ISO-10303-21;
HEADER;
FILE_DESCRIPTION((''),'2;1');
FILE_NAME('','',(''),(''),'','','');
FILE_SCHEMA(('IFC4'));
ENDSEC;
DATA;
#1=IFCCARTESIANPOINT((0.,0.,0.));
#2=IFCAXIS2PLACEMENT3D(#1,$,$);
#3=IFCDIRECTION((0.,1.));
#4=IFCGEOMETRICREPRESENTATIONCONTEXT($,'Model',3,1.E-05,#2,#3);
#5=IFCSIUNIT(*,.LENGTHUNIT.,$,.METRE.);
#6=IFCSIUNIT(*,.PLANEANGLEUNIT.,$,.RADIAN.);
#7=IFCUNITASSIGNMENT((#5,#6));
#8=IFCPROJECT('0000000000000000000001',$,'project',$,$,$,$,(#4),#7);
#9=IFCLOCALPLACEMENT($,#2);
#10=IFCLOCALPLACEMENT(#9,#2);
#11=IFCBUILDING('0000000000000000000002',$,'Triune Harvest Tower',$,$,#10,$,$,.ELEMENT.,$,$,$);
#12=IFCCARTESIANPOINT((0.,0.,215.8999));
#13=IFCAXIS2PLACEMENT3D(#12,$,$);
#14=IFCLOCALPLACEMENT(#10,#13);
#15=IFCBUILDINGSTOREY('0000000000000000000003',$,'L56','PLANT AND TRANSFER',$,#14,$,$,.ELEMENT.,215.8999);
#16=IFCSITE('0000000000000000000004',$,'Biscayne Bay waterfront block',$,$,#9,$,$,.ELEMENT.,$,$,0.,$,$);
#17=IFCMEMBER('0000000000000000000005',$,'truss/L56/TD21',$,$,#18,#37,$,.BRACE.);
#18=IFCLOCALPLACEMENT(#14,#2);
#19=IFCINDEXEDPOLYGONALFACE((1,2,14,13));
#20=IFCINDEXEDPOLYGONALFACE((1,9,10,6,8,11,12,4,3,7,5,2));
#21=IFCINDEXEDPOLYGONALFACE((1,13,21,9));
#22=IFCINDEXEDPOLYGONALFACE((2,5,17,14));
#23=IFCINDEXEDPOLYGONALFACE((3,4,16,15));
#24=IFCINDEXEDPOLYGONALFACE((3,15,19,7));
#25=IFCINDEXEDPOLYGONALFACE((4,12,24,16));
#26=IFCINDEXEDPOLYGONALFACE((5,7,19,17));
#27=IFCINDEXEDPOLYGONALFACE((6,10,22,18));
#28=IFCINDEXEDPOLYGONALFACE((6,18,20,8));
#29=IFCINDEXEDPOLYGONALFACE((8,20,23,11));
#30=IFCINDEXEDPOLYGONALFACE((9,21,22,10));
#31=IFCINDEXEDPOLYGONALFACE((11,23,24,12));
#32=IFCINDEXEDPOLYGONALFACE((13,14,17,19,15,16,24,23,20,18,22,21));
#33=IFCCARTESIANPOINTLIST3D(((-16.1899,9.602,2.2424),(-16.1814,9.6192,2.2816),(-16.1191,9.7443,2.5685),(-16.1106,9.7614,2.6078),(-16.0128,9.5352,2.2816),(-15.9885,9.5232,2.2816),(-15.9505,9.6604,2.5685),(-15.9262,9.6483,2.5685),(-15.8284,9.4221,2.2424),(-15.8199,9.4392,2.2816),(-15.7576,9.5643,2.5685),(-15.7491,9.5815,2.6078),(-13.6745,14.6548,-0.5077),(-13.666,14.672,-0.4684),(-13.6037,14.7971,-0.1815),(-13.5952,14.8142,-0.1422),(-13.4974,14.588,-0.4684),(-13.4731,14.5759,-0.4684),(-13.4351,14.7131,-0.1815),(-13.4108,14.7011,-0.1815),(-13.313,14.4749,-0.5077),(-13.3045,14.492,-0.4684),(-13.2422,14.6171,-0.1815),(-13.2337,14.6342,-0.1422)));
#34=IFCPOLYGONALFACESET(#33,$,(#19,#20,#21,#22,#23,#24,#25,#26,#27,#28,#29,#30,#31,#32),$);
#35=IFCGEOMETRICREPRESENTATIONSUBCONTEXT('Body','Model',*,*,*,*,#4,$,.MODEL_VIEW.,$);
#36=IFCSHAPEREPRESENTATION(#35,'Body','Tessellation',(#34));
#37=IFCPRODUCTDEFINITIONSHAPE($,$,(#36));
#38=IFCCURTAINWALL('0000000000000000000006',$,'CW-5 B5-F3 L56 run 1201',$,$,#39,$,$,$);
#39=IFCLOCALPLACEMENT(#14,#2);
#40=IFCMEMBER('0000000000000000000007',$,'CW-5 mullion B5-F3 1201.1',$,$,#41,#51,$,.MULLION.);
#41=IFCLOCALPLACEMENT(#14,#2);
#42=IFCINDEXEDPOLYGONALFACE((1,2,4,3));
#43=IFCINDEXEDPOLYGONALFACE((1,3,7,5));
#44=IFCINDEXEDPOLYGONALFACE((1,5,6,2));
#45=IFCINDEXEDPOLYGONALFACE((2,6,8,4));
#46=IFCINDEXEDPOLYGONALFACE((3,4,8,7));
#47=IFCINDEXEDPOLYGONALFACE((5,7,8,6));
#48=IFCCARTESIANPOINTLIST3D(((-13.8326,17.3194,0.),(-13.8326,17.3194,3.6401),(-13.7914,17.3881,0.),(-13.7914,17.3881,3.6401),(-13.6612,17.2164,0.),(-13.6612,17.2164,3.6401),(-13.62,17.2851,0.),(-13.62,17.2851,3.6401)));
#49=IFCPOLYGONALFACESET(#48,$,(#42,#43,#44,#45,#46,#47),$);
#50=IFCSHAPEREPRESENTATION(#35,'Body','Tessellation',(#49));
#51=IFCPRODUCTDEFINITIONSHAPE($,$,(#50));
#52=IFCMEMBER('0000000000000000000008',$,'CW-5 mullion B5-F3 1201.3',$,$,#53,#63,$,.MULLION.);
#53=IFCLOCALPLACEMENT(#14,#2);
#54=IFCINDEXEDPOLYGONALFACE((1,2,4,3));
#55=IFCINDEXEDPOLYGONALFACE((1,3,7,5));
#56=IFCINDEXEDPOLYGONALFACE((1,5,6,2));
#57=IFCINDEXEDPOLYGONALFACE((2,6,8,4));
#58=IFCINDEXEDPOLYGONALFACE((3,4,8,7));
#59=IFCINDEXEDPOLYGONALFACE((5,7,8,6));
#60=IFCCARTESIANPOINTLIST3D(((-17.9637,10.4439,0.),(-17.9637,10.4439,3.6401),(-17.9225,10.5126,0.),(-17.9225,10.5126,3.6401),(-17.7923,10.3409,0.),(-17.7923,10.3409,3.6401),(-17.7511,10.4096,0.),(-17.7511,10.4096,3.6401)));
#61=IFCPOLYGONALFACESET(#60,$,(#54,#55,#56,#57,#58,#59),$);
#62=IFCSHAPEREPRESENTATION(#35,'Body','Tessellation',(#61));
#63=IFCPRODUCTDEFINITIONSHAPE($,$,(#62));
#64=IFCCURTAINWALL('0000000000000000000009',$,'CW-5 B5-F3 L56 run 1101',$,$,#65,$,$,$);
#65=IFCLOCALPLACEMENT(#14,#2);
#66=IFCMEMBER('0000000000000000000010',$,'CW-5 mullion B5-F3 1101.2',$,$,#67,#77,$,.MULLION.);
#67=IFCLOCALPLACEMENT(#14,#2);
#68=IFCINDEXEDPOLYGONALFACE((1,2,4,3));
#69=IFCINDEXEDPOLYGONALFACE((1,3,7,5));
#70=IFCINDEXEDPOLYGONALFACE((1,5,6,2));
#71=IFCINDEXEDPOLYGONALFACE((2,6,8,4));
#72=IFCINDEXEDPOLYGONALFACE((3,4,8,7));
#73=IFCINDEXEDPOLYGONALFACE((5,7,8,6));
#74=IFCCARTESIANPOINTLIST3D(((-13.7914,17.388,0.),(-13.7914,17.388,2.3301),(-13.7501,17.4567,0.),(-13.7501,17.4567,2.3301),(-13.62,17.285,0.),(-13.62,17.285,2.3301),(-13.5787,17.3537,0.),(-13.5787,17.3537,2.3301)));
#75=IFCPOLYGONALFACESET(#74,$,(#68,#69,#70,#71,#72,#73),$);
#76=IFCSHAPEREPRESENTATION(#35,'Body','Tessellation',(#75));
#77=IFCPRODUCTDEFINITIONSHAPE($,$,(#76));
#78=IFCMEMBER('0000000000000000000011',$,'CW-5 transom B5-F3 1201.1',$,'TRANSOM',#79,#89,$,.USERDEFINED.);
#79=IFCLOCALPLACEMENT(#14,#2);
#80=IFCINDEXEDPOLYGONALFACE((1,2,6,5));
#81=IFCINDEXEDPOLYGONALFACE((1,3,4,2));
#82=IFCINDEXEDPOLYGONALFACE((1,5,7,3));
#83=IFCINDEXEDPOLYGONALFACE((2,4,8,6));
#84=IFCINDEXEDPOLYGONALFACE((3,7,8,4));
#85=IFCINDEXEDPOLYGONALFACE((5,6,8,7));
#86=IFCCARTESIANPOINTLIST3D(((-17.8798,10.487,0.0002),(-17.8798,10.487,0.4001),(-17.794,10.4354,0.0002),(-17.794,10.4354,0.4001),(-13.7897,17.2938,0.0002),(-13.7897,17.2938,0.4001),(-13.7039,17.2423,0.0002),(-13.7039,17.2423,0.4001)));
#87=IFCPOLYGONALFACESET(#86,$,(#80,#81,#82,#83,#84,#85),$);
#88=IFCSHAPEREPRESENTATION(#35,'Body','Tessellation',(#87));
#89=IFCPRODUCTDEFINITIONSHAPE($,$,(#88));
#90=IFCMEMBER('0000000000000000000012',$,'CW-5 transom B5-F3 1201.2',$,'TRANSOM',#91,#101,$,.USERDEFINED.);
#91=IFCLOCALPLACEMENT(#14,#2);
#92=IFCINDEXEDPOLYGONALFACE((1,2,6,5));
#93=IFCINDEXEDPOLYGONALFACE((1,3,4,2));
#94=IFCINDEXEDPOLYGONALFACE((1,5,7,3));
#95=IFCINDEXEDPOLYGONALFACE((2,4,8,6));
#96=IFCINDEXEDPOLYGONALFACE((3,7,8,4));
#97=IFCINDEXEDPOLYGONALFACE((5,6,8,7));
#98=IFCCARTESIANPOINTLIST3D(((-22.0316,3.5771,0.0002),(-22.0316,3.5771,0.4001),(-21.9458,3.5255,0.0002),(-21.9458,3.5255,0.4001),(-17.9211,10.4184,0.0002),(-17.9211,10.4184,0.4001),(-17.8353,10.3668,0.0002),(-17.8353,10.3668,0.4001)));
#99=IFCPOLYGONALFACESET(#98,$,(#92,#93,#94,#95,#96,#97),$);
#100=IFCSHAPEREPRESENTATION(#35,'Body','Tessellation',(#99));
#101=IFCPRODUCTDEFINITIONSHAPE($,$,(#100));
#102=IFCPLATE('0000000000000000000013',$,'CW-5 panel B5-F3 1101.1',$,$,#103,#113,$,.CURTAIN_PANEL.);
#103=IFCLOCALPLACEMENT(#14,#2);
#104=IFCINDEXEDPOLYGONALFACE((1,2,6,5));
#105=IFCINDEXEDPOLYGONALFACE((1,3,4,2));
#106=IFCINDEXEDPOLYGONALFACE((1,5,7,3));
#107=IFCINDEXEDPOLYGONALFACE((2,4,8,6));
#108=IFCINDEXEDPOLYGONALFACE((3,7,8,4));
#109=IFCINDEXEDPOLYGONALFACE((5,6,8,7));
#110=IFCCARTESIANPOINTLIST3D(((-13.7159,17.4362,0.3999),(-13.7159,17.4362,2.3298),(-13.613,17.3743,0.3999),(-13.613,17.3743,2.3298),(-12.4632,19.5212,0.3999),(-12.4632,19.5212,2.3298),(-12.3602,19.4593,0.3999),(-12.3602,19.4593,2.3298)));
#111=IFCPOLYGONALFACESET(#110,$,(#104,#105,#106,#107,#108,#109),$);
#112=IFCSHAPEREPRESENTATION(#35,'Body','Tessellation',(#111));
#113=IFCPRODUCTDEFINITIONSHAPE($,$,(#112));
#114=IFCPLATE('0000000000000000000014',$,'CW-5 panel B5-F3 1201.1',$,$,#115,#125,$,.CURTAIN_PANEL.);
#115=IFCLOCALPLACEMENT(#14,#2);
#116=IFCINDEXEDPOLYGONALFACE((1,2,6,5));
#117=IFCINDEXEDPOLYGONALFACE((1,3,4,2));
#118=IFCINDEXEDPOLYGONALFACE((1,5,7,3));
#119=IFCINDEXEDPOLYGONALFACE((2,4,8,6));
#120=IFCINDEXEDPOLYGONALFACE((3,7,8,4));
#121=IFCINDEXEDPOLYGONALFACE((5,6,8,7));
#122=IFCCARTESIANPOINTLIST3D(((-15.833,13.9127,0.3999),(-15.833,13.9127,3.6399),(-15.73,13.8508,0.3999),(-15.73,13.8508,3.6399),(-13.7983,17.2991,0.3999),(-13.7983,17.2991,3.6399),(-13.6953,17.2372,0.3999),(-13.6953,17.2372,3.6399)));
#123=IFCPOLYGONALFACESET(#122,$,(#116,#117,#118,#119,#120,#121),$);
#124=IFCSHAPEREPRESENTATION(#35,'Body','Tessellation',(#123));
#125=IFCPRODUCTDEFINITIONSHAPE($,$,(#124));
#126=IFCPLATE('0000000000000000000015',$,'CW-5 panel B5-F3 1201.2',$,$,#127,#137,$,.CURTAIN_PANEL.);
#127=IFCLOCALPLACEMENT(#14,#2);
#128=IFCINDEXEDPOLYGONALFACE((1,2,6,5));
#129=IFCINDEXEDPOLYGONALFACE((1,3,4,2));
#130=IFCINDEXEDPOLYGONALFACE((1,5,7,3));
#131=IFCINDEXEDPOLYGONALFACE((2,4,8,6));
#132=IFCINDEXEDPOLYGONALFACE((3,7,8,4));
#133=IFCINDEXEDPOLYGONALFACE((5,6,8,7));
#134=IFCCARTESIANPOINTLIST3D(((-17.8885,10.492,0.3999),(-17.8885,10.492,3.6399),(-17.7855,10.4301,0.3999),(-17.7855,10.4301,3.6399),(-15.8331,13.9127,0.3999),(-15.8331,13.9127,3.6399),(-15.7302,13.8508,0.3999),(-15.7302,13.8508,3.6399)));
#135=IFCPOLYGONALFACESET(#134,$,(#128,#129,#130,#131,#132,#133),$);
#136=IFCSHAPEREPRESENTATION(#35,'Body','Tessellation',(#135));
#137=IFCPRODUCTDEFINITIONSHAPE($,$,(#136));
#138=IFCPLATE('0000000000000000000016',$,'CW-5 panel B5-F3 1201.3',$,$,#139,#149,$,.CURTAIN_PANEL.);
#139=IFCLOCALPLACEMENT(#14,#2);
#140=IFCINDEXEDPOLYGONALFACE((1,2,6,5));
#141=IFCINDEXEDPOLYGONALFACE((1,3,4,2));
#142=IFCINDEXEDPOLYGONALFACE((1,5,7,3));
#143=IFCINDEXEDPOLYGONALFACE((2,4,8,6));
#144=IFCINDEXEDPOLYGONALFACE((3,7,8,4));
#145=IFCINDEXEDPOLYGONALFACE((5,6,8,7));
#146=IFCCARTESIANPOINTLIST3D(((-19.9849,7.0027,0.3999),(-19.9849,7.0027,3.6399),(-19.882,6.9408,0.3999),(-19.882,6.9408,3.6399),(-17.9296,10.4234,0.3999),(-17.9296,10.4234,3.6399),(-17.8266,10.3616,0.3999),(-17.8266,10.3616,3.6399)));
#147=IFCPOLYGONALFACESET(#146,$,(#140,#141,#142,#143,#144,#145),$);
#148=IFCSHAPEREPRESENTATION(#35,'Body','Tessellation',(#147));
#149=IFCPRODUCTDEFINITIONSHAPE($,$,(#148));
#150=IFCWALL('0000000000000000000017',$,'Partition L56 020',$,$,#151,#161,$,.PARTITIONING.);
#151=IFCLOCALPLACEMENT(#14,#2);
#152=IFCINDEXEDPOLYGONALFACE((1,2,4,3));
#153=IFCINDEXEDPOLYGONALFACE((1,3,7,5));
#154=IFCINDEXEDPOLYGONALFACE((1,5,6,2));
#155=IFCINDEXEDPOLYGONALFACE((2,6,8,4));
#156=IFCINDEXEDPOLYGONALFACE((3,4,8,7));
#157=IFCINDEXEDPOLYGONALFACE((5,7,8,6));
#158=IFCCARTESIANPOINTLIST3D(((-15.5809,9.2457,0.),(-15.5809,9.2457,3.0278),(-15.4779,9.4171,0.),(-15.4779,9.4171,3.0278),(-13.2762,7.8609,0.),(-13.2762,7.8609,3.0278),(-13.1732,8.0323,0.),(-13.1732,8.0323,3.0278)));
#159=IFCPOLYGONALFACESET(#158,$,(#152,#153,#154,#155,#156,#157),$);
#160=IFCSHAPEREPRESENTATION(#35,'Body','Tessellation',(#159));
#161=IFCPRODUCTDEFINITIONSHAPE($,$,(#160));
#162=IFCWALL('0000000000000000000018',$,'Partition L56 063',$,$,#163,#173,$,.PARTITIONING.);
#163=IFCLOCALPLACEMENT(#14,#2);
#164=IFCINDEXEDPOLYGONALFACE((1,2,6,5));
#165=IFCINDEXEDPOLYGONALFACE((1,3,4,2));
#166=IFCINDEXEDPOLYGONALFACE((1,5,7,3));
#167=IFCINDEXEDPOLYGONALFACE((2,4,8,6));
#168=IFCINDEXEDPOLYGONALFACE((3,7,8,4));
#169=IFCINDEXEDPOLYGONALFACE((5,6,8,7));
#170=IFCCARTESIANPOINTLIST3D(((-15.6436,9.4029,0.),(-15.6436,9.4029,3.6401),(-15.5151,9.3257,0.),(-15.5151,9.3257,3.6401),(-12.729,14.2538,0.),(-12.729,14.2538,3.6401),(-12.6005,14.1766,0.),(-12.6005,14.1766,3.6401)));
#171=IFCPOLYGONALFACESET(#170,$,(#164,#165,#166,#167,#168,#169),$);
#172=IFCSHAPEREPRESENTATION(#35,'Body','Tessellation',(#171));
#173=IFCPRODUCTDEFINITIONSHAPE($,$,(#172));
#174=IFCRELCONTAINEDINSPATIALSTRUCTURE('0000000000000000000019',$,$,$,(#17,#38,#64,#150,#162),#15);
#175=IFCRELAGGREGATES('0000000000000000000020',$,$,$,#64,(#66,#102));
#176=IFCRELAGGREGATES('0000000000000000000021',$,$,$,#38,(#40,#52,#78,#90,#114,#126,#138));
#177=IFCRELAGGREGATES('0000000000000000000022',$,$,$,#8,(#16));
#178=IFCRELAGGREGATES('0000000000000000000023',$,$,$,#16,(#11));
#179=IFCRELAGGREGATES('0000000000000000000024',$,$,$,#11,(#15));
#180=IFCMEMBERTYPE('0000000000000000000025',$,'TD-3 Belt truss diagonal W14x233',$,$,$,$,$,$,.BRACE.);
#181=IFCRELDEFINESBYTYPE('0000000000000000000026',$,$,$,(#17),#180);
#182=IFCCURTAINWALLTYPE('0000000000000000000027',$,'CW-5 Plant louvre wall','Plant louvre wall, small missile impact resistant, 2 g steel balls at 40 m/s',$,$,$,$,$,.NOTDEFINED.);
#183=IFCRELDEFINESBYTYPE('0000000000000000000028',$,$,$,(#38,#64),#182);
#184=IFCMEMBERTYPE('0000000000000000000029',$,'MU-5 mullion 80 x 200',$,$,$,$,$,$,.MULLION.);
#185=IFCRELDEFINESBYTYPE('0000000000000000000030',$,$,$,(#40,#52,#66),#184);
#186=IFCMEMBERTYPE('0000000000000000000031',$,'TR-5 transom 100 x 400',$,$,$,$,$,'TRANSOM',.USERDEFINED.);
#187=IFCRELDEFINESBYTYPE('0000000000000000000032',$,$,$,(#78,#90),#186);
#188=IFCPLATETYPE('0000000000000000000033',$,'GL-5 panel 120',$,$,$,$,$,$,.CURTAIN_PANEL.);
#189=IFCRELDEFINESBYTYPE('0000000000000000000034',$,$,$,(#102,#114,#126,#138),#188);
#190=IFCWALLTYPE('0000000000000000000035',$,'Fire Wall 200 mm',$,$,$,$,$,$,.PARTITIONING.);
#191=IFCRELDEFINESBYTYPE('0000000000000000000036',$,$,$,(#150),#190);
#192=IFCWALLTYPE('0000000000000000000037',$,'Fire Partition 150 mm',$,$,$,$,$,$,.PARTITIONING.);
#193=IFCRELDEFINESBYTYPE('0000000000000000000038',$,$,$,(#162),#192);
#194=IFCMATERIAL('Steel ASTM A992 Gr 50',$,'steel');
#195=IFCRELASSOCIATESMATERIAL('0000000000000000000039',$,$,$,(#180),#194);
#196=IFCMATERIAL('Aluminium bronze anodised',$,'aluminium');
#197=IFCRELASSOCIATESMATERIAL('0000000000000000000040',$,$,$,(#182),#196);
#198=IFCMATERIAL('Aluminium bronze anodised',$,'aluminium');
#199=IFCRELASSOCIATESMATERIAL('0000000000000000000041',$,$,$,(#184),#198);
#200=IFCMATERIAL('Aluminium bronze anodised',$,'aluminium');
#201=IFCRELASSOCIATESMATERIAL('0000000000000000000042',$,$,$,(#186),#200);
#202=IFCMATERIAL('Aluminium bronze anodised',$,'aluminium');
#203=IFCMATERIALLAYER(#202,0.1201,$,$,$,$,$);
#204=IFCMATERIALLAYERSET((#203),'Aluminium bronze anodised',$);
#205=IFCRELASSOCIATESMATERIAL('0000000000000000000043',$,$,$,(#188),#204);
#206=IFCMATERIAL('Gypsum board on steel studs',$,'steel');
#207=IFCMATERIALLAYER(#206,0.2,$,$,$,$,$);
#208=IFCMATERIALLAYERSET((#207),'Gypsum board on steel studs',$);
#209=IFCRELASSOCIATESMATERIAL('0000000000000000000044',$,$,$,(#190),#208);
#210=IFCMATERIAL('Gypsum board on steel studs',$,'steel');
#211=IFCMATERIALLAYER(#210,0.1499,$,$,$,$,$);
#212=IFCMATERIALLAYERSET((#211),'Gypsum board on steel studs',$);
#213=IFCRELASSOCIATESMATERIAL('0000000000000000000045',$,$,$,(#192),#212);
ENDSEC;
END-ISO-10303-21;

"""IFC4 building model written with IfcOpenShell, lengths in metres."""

from ifc_helpers import new_model, si_unit, direction, frame, frame_2d, origin, origin_2d, place, context, subcontext, project, spatial, rectangle, i_section, extrude, source, transform, mapped, material, layer, layer_set, material_profile, profile_set, type_object, element, aggregate, save


model = new_model("IFC4")

# Units and contexts
model_context = context("Model", 3, precision=1e-05, world=origin(), true_north=direction((0.0, 1.0)))
body_context = subcontext(model_context, "Body", "Model", "MODEL_VIEW")
ifc_project = project(units=[si_unit("LENGTHUNIT", "METRE"), si_unit("PLANEANGLEUNIT", "RADIAN")], contexts=[model_context])

# Site, building, storey
site_placement = place(None, origin())
site = spatial("IfcSite", under=ifc_project, at=site_placement, Name="Biscayne Bay waterfront block", CompositionType="ELEMENT", RefElevation=0.0)
building_placement = place(site_placement, origin())
building = spatial("IfcBuilding", under=site, at=building_placement, Name="Triune Harvest Tower", CompositionType="ELEMENT")
storey_placement = place(building_placement, frame((0.0, 0.0, 215.8999)))
storey = spatial("IfcBuildingStorey", under=building, at=storey_placement, Name="L56", Description="PLANT AND TRANSFER", CompositionType="ELEMENT", Elevation=215.8999)

# Member
ifc_material_1 = material(Name="Steel ASTM A992 Gr 50", Category="steel")
ifc_material_profile_1 = material_profile(ifc_material_1, i_section(OverallWidth=0.4038, OverallDepth=0.4065, WebThickness=0.0271, FlangeThickness=0.0437, at=origin_2d()), Name="W14x233")
ifc_profile_set_1 = profile_set([ifc_material_profile_1], Name="Steel ASTM A992 Gr 50")
member_type_1 = type_object("IfcMemberType", Name="TD-3 Belt truss diagonal W14x233", PredefinedType="BRACE", material=ifc_profile_set_1)
shared_shape_1 = source(origin(), body_context, "Body", "SweptSolid", [
    extrude(i_section(OverallWidth=0.4038, OverallDepth=0.4065, WebThickness=0.0271, FlangeThickness=0.0437, at=origin_2d()), origin(), (0.0, 0.0, 1.0), 6.2786),
])
member_1_placement = place(storey_placement, frame((-13.4541, 14.6445, -0.325), z_axis=(-0.400633, -0.804766, 0.438002), x_axis=(0.895204, -0.445656, 0.0)))
element("IfcMember", 1, at=member_1_placement, inside=storey, type_object=member_type_1, Name="truss/L56/TD21", PredefinedType="BRACE", context=body_context, shape_type="MappedRepresentation", body=[
    mapped(shared_shape_1, transform((0.0, 0.0, 0.0), scale=1.0)),
])

# Curtain wall, members
ifc_material_2 = material(Name="Aluminium bronze anodised", Category="aluminium")
curtain_wall_type = type_object("IfcCurtainWallType", Name="CW-5 Plant louvre wall", Description="Plant louvre wall, small missile impact resistant, 2 g steel balls at 40 m/s", PredefinedType="NOTDEFINED", material=ifc_material_2)
curtain_wall_1_placement = place(storey_placement, origin())
curtain_wall_1 = element("IfcCurtainWall", 2, at=curtain_wall_1_placement, inside=storey, type_object=curtain_wall_type, Name="CW-5 B5-F3 L56 run 1201")
ifc_material_3 = material(Name="Aluminium bronze anodised", Category="aluminium")
ifc_material_profile_2 = material_profile(ifc_material_3, rectangle(XDim=0.2, YDim=0.0801, at=origin_2d()), Name="MU-5 mullion 80 x 200")
ifc_profile_set_2 = profile_set([ifc_material_profile_2], Name="Aluminium bronze anodised")
member_type_2 = type_object("IfcMemberType", Name="MU-5 mullion 80 x 200", PredefinedType="MULLION", material=ifc_profile_set_2)
shared_shape_2 = source(origin(), body_context, "Body", "SweptSolid", [
    extrude(rectangle(XDim=0.2, YDim=0.0801, at=origin_2d()), origin(), (0.0, 0.0, 1.0), 3.6401),
])
member_2_placement = place(storey_placement, frame((-13.7263, 17.3022, 0.0), z_axis=(0.0, 0.0, 1.0), x_axis=(0.85717, -0.515034, 0.0)))
member_2 = element("IfcMember", 3, at=member_2_placement, type_object=member_type_2, Name="CW-5 mullion B5-F3 1201.1", PredefinedType="MULLION", context=body_context, shape_type="MappedRepresentation", body=[
    mapped(shared_shape_2, transform((0.0, 0.0, 0.0), scale=1.0)),
])
member_3_placement = place(storey_placement, frame((-17.8574, 10.4268, 0.0), z_axis=(0.0, 0.0, 1.0), x_axis=(0.85717, -0.515034, 0.0)))
member_3 = element("IfcMember", 4, at=member_3_placement, type_object=member_type_2, Name="CW-5 mullion B5-F3 1201.3", PredefinedType="MULLION", context=body_context, shape_type="MappedRepresentation", body=[
    mapped(shared_shape_2, transform((0.0, 0.0, 0.0), scale=1.0)),
])

# Curtain wall, member
curtain_wall_2_placement = place(storey_placement, origin())
curtain_wall_2 = element("IfcCurtainWall", 5, at=curtain_wall_2_placement, inside=storey, type_object=curtain_wall_type, Name="CW-5 B5-F3 L56 run 1101")
shared_shape_3 = source(origin(), body_context, "Body", "SweptSolid", [
    extrude(rectangle(XDim=0.2, YDim=0.0801, at=origin_2d()), origin(), (0.0, 0.0, 1.0), 2.3301),
])
member_4_placement = place(storey_placement, frame((-13.6851, 17.3708, 0.0), z_axis=(0.0, 0.0, 1.0), x_axis=(0.857173, -0.515029, 0.0)))
member_4 = element("IfcMember", 6, at=member_4_placement, type_object=member_type_2, Name="CW-5 mullion B5-F3 1101.2", PredefinedType="MULLION", context=body_context, shape_type="MappedRepresentation", body=[
    mapped(shared_shape_3, transform((0.0, 0.0, 0.0), scale=1.0)),
])

# Members
ifc_material_4 = material(Name="Aluminium bronze anodised", Category="aluminium")
ifc_material_profile_3 = material_profile(ifc_material_4, rectangle(XDim=0.1001, YDim=0.3999, at=origin_2d()), Name="TR-5 transom 100 x 400")
ifc_profile_set_3 = profile_set([ifc_material_profile_3], Name="Aluminium bronze anodised")
member_type_3 = type_object("IfcMemberType", Name="TR-5 transom 100 x 400", ElementType="TRANSOM", PredefinedType="USERDEFINED", material=ifc_profile_set_3)
shared_shape_4 = source(origin(), body_context, "Body", "SweptSolid", [
    extrude(rectangle(XDim=0.1001, YDim=0.3999, at=origin_2d()), origin(), (0.0, 0.0, 1.0), 7.9412),
])
member_5_placement = place(storey_placement, frame((-13.7468, 17.2681, 0.2002), z_axis=(-0.515047, -0.857162, 0.0), x_axis=(0.857162, -0.515047, 0.0)))
member_5 = element("IfcMember", 7, at=member_5_placement, type_object=member_type_3, Name="CW-5 transom B5-F3 1201.1", ObjectType="TRANSOM", PredefinedType="USERDEFINED", context=body_context, shape_type="MappedRepresentation", body=[
    mapped(shared_shape_4, transform((0.0, 0.0, 0.0), scale=1.0)),
])
shared_shape_5 = source(origin(), body_context, "Body", "SweptSolid", [
    extrude(rectangle(XDim=0.1001, YDim=0.3999, at=origin_2d()), origin(), (0.0, 0.0, 1.0), 7.9812),
])
member_6_placement = place(storey_placement, frame((-17.8782, 10.3926, 0.2002), z_axis=(-0.515031, -0.857172, 0.0), x_axis=(0.857172, -0.515031, 0.0)))
member_6 = element("IfcMember", 8, at=member_6_placement, type_object=member_type_3, Name="CW-5 transom B5-F3 1201.2", ObjectType="TRANSOM", PredefinedType="USERDEFINED", context=body_context, shape_type="MappedRepresentation", body=[
    mapped(shared_shape_5, transform((0.0, 0.0, 0.0), scale=1.0)),
])

# Plates
ifc_material_5 = material(Name="Aluminium bronze anodised", Category="aluminium")
ifc_layer_1 = layer(ifc_material_5, 0.1201)
ifc_layer_set_1 = layer_set([ifc_layer_1], Name="Aluminium bronze anodised")
plate_type = type_object("IfcPlateType", Name="GL-5 panel 120", PredefinedType="CURTAIN_PANEL", material=ifc_layer_set_1)
plate_1_placement = place(storey_placement, frame((-13.0381, 18.4478, 0.3999), z_axis=(0.0, 0.0, 1.0), x_axis=(-0.515029, -0.857173, 0.0)))
plate_1 = element("IfcPlate", 9, at=plate_1_placement, type_object=plate_type, Name="CW-5 panel B5-F3 1101.1", PredefinedType="CURTAIN_PANEL", context=body_context, shape_type="SweptSolid", body=[
    extrude(rectangle(XDim=2.4324, YDim=0.1201, at=origin_2d()), origin(), (0.0, 0.0, 1.0), 1.9299),
])
aggregate(curtain_wall_2, [member_4, plate_1])
shared_shape_6 = source(origin(), body_context, "Body", "SweptSolid", [
    extrude(rectangle(XDim=3.9507, YDim=0.1201, at=origin_2d()), origin(), (0.0, 0.0, 1.0), 3.24),
])
plate_2_placement = place(storey_placement, frame((-14.7642, 15.575, 0.3999), z_axis=(0.0, 0.0, 1.0), x_axis=(-0.515034, -0.85717, 0.0)))
plate_2 = element("IfcPlate", 10, at=plate_2_placement, type_object=plate_type, Name="CW-5 panel B5-F3 1201.1", PredefinedType="CURTAIN_PANEL", context=body_context, shape_type="MappedRepresentation", body=[
    mapped(shared_shape_6, transform((0.0, 0.0, 0.0), scale=1.0)),
])
shared_shape_7 = source(origin(), body_context, "Body", "SweptSolid", [
    extrude(rectangle(XDim=3.9907, YDim=0.1201, at=origin_2d()), origin(), (0.0, 0.0, 1.0), 3.24),
])
plate_3_placement = place(storey_placement, frame((-16.8093, 12.1714, 0.3999), z_axis=(0.0, 0.0, 1.0), x_axis=(-0.515034, -0.85717, 0.0)))
plate_3 = element("IfcPlate", 11, at=plate_3_placement, type_object=plate_type, Name="CW-5 panel B5-F3 1201.2", PredefinedType="CURTAIN_PANEL", context=body_context, shape_type="MappedRepresentation", body=[
    mapped(shared_shape_7, transform((0.0, 0.0, 0.0), scale=1.0)),
])
plate_4_placement = place(storey_placement, frame((-18.9058, 8.6821, 0.3999), z_axis=(0.0, 0.0, 1.0), x_axis=(-0.515034, -0.85717, 0.0)))
plate_4 = element("IfcPlate", 12, at=plate_4_placement, type_object=plate_type, Name="CW-5 panel B5-F3 1201.3", PredefinedType="CURTAIN_PANEL", context=body_context, shape_type="MappedRepresentation", body=[
    mapped(shared_shape_7, transform((0.0, 0.0, 0.0), scale=1.0)),
])
aggregate(curtain_wall_1, [member_2, member_3, member_5, member_6, plate_2, plate_3, plate_4])

# Walls
ifc_material_6 = material(Name="Gypsum board on steel studs", Category="steel")
ifc_layer_2 = layer(ifc_material_6, 0.2)
ifc_layer_set_2 = layer_set([ifc_layer_2], Name="Gypsum board on steel studs")
wall_type_1 = type_object("IfcWallType", Name="Fire Wall 200 mm", PredefinedType="PARTITIONING", material=ifc_layer_set_2)
wall_1_placement = place(storey_placement, frame((-15.5293, 9.3313, 0.0), z_axis=(0.0, 0.0, 1.0), x_axis=(0.857172, -0.51503, 0.0)))
element("IfcWall", 13, at=wall_1_placement, inside=storey, type_object=wall_type_1, Name="Partition L56 020", PredefinedType="PARTITIONING", context=body_context, shape_type="SweptSolid", body=[
    extrude(rectangle(XDim=2.6887, YDim=0.2, at=frame_2d((1.3442, 0.0))), origin(), (0.0, 0.0, 1.0), 3.0278),
])
ifc_material_7 = material(Name="Gypsum board on steel studs", Category="steel")
ifc_layer_3 = layer(ifc_material_7, 0.1499)
ifc_layer_set_3 = layer_set([ifc_layer_3], Name="Gypsum board on steel studs")
wall_type_2 = type_object("IfcWallType", Name="Fire Partition 150 mm", PredefinedType="PARTITIONING", material=ifc_layer_set_3)
shared_shape_8 = source(origin(), body_context, "Body", "SweptSolid", [
    extrude(rectangle(XDim=5.6592, YDim=0.1499, at=frame_2d((2.8296, 0.0))), origin(), (0.0, 0.0, 1.0), 3.6401),
])
wall_2_placement = place(storey_placement, frame((-15.5793, 9.3643, 0.0), z_axis=(0.0, 0.0, 1.0), x_axis=(0.515022, 0.857177, 0.0)))
element("IfcWall", 14, at=wall_2_placement, inside=storey, type_object=wall_type_2, Name="Partition L56 063", PredefinedType="PARTITIONING", context=body_context, shape_type="MappedRepresentation", body=[
    mapped(shared_shape_8, transform((0.0, 0.0, 0.0), scale=1.0)),
])

save(model, "model.ifc")
